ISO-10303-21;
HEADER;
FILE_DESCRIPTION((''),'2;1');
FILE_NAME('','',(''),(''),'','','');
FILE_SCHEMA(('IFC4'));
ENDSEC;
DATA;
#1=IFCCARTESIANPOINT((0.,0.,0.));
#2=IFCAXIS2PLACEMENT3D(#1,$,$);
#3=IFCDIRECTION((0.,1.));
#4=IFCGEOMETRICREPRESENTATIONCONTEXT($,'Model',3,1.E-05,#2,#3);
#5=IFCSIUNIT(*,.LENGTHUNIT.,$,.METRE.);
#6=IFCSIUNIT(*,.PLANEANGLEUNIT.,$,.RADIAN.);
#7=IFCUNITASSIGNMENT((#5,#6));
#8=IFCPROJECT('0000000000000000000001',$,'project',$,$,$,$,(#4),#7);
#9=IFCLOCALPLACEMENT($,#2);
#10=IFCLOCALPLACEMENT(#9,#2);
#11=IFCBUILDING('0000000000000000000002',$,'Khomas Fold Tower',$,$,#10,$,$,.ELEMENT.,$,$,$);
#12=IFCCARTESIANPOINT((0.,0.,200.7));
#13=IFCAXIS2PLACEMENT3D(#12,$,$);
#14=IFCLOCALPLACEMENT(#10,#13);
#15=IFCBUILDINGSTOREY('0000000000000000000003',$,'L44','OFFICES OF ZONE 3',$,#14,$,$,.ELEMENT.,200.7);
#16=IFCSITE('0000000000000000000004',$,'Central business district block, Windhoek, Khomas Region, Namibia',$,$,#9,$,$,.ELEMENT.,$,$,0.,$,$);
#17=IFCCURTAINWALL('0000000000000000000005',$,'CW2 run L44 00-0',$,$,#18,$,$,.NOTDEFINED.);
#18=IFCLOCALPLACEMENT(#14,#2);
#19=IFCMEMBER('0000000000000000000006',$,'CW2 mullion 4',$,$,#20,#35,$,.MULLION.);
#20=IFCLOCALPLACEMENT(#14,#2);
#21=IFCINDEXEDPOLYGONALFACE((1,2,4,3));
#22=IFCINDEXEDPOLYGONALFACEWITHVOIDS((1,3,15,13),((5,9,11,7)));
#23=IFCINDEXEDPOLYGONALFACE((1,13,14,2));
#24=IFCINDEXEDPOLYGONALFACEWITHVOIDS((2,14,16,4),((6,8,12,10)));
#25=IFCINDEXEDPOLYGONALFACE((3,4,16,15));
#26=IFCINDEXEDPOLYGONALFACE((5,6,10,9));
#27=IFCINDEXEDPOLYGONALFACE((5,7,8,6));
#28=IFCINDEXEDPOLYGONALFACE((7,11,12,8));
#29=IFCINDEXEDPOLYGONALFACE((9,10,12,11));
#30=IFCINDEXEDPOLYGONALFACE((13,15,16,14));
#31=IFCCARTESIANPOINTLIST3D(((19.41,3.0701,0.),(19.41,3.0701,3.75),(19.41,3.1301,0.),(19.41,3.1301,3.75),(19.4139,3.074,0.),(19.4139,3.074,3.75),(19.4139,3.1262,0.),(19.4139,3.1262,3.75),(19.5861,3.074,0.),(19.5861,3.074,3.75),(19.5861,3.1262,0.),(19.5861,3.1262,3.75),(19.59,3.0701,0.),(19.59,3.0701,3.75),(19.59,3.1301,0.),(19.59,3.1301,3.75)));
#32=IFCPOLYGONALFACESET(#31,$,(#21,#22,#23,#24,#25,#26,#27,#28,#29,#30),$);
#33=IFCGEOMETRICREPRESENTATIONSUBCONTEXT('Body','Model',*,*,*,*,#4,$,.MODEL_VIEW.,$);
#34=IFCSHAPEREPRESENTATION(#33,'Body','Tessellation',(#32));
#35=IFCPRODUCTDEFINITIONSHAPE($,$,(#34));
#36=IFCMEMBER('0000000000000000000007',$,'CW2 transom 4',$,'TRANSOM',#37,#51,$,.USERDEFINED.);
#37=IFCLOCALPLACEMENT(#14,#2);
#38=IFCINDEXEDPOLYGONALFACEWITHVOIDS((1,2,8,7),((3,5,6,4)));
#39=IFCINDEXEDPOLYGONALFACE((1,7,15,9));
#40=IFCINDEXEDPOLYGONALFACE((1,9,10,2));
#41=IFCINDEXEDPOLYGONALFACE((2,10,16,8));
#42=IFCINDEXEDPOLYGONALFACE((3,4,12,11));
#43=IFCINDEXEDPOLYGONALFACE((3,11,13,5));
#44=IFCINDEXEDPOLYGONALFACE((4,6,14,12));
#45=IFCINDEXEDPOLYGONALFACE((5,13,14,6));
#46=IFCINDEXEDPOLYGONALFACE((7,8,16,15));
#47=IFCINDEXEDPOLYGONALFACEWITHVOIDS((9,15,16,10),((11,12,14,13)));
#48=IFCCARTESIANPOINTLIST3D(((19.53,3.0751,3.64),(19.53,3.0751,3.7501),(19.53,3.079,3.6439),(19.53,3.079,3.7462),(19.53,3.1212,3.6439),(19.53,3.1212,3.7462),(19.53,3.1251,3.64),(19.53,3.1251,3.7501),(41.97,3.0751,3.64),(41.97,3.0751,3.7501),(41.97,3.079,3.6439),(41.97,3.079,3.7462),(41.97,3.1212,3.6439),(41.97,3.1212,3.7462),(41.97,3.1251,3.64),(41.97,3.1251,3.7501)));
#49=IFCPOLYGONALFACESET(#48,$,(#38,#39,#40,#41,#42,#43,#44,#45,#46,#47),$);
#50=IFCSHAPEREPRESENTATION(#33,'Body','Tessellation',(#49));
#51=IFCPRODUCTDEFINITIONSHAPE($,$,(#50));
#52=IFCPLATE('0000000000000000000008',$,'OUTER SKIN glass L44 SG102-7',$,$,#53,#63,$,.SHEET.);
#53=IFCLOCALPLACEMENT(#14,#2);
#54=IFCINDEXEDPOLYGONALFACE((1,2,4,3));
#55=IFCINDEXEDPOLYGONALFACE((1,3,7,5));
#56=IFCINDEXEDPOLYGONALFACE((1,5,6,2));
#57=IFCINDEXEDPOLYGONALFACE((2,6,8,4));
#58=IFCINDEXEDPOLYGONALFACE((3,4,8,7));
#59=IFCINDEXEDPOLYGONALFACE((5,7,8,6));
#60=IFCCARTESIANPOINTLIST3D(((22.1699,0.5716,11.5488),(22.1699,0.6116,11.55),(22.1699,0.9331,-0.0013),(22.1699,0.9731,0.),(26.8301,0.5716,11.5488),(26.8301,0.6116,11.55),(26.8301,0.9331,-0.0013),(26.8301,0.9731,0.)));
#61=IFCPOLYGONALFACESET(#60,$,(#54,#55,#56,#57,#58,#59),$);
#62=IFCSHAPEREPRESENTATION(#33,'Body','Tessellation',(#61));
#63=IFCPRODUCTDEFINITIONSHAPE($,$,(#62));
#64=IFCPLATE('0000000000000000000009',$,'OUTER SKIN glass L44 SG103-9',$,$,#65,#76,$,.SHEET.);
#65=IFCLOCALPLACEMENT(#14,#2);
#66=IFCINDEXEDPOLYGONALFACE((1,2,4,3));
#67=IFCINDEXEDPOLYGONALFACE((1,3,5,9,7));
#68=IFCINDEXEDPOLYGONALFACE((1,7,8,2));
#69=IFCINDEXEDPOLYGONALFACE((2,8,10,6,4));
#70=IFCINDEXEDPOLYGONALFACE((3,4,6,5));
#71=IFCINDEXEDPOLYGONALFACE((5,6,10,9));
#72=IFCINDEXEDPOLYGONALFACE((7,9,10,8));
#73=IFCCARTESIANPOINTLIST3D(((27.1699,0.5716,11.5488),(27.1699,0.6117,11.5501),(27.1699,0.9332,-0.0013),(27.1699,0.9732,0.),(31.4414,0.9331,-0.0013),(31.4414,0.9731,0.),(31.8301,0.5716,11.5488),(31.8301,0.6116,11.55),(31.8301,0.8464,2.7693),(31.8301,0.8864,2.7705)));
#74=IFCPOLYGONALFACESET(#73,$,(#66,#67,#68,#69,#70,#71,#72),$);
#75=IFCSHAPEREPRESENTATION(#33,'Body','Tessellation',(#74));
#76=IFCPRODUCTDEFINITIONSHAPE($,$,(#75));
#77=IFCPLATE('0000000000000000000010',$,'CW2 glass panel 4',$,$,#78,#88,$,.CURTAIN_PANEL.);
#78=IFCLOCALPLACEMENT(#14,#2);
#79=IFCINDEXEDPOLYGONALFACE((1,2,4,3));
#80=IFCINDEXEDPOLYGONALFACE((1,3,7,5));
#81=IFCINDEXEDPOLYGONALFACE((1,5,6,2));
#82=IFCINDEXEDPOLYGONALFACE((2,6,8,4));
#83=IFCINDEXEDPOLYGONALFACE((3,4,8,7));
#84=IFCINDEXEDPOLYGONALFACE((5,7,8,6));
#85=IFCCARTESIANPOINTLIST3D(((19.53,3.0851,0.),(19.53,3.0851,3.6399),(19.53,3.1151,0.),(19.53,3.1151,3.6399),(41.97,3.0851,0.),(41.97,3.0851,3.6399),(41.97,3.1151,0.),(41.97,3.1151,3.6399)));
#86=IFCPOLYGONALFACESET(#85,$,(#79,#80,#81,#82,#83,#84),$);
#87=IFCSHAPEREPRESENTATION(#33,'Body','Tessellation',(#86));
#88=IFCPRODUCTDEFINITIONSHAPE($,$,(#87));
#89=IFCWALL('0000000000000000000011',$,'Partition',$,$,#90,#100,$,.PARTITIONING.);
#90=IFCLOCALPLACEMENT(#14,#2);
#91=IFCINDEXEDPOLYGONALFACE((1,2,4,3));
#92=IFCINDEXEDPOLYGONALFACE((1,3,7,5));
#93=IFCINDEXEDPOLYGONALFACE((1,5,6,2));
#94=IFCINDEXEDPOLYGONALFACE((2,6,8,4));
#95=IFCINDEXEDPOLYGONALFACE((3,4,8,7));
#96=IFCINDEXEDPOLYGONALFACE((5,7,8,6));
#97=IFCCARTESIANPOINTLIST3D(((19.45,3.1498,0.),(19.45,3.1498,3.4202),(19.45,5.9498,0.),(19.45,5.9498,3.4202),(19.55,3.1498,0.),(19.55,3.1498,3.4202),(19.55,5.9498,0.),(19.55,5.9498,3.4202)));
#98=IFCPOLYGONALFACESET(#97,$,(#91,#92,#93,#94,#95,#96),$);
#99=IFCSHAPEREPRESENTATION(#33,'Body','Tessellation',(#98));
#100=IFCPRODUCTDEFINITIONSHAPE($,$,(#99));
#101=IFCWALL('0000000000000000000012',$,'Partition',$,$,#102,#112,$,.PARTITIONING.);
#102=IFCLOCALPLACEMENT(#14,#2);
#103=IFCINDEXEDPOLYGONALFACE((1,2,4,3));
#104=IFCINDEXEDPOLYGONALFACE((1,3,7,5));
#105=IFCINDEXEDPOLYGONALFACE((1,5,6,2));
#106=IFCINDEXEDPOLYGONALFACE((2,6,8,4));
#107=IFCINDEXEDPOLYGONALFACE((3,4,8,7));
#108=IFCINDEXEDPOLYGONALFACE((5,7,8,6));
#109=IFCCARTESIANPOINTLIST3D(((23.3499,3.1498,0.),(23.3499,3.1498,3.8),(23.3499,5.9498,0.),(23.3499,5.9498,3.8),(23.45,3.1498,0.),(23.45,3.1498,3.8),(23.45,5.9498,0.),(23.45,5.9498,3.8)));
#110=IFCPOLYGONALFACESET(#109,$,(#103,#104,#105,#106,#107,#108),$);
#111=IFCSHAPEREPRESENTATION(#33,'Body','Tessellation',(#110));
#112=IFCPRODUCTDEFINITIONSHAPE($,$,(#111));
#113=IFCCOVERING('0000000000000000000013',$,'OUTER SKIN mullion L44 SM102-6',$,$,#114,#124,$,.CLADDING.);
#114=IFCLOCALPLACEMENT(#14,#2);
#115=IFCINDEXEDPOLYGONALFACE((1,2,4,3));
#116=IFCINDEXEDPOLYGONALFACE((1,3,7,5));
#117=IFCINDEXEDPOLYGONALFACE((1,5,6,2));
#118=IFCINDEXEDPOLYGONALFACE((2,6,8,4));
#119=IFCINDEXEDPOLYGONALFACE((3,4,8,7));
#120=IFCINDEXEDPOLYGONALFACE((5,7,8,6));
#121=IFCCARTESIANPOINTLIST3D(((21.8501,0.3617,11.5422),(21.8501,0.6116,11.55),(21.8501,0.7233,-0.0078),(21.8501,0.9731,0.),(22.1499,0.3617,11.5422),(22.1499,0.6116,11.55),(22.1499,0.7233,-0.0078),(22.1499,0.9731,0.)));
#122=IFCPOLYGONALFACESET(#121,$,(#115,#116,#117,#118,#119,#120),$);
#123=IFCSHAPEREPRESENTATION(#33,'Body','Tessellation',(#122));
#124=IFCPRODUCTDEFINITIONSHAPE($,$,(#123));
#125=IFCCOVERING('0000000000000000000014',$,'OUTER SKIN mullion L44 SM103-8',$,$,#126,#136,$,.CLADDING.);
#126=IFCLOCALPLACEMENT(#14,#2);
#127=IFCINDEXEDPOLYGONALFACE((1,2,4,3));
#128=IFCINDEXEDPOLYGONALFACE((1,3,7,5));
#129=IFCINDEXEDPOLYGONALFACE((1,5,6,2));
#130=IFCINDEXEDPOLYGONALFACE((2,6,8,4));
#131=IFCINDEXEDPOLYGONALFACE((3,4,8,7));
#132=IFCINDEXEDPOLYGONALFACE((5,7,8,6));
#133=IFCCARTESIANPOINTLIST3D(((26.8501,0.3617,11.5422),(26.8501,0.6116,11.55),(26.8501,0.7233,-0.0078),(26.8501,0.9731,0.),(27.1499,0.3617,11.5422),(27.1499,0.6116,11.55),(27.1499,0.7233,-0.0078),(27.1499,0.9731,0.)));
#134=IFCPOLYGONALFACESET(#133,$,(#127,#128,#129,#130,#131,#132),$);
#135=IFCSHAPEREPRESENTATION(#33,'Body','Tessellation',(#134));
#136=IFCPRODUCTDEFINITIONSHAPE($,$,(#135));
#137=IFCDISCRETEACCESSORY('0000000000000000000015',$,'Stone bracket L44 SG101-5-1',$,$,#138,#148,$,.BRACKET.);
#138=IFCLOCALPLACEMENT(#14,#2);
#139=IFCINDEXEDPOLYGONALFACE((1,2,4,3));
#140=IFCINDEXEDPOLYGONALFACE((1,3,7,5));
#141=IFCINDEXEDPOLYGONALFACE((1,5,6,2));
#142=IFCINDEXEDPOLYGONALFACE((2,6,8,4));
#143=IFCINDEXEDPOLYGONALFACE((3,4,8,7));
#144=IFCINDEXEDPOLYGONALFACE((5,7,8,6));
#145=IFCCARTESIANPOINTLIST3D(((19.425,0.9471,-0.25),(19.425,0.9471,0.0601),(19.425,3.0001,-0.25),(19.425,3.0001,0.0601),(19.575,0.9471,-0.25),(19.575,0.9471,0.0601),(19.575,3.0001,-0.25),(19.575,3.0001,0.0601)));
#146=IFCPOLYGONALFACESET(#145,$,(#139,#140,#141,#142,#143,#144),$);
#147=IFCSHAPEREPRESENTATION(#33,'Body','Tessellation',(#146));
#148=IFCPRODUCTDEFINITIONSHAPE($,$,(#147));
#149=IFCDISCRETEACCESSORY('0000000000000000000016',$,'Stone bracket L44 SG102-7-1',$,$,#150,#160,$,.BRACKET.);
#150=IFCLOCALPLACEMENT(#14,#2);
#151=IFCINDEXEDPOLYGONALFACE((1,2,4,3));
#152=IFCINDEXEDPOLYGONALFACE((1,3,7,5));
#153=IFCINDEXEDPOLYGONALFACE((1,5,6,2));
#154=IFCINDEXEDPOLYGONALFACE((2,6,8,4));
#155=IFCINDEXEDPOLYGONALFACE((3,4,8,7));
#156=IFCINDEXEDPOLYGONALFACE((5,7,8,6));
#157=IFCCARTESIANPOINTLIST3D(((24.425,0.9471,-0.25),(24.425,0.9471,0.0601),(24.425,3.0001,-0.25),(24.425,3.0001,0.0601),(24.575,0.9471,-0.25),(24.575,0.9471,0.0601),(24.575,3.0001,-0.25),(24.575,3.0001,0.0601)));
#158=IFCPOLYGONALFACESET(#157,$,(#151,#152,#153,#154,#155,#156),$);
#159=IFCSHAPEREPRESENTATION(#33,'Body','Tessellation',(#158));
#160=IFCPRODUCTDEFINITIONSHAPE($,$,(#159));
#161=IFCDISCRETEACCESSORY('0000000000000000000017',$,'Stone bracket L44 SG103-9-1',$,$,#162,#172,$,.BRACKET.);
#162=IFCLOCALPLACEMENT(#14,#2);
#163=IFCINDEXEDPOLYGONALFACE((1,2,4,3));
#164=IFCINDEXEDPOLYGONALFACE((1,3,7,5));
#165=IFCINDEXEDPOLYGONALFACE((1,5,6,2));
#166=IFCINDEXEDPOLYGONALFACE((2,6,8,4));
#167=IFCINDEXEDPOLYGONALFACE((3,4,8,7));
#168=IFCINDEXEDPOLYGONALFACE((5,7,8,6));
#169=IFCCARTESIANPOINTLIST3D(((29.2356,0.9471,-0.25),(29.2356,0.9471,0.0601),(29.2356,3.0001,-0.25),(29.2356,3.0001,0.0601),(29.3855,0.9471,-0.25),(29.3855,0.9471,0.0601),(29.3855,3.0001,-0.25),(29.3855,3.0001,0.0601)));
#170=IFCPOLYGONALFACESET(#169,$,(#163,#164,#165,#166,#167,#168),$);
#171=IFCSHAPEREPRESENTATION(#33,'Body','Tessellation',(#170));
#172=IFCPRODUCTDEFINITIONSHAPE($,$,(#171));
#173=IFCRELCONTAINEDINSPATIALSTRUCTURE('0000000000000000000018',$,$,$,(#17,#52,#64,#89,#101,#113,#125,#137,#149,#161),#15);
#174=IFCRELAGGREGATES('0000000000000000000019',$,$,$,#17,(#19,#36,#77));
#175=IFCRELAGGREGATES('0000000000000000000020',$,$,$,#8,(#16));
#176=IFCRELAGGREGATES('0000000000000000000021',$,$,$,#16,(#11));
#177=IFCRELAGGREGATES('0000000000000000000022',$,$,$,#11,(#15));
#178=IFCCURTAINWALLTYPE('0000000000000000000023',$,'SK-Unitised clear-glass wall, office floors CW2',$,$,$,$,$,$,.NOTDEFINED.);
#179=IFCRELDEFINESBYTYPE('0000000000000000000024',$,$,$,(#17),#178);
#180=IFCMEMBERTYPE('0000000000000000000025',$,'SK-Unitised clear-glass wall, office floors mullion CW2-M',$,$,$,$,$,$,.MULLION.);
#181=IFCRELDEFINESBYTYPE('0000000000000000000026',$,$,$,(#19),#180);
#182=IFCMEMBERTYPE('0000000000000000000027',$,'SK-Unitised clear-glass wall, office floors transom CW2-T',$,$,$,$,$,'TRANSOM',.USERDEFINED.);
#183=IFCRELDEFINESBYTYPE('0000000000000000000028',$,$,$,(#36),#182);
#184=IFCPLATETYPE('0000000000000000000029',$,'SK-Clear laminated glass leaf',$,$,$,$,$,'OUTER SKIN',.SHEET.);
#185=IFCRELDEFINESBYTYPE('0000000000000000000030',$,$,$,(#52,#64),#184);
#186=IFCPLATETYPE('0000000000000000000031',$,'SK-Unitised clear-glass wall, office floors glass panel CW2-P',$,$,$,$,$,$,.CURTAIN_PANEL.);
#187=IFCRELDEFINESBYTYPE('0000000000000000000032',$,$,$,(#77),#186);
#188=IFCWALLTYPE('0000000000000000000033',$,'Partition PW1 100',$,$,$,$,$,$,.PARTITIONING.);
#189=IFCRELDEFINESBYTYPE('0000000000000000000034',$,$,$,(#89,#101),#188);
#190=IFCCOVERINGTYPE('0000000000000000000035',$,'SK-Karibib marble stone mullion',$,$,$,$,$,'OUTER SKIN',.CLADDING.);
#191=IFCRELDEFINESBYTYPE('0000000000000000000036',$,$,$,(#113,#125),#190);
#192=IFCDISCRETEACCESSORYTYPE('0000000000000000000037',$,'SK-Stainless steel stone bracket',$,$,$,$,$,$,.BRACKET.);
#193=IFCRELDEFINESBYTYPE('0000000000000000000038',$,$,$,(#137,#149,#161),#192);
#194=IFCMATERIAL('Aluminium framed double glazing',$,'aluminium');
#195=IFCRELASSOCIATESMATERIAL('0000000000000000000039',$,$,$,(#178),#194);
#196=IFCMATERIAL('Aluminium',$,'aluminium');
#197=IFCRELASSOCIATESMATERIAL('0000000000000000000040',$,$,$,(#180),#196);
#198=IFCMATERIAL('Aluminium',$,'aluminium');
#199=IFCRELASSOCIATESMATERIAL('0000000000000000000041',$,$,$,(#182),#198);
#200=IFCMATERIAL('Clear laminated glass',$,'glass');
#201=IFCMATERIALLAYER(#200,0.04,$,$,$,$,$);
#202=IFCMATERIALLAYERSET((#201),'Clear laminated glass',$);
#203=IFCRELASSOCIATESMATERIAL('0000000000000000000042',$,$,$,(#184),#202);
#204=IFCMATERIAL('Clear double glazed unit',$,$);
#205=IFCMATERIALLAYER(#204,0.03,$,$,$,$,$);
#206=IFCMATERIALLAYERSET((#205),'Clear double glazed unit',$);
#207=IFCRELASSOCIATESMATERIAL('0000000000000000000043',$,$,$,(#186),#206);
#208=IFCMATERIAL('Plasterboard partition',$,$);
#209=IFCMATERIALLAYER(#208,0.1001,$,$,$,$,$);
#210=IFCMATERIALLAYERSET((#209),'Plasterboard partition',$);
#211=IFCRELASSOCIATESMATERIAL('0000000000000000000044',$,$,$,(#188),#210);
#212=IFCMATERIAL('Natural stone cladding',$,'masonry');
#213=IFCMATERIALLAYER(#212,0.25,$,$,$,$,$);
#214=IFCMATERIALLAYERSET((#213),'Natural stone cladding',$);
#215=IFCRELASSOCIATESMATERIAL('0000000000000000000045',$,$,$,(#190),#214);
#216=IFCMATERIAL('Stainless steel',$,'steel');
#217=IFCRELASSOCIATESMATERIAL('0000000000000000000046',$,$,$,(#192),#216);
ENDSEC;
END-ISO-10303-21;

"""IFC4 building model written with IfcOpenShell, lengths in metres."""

from ifc_helpers import new_model, si_unit, direction, frame, frame_2d, origin, origin_2d, place, context, subcontext, project, spatial, polyline, rectangle, hollow_rectangle, outline, extrude, source, transform, mapped, material, layer, layer_set, material_profile, profile_set, type_object, element, aggregate, save


model = new_model("IFC4")

# Units and contexts
model_context = context("Model", 3, precision=1e-05, world=origin(), true_north=direction((0.0, 1.0)))
body_context = subcontext(model_context, "Body", "Model", "MODEL_VIEW")
ifc_project = project(units=[si_unit("LENGTHUNIT", "METRE"), si_unit("PLANEANGLEUNIT", "RADIAN")], contexts=[model_context])

# Site, building, storey
site_placement = place(None, origin())
site = spatial("IfcSite", under=ifc_project, at=site_placement, Name="Central business district block, Windhoek, Khomas Region, Namibia", CompositionType="ELEMENT", RefElevation=0.0)
building_placement = place(site_placement, origin())
building = spatial("IfcBuilding", under=site, at=building_placement, Name="Khomas Fold Tower", CompositionType="ELEMENT")
storey_placement = place(building_placement, frame((0.0, 0.0, 200.7)))
storey = spatial("IfcBuildingStorey", under=building, at=storey_placement, Name="L44", Description="OFFICES OF ZONE 3", CompositionType="ELEMENT", Elevation=200.7)

# Curtain wall, members
ifc_material_1 = material(Name="Aluminium framed double glazing", Category="aluminium")
curtain_wall_type = type_object("IfcCurtainWallType", Name="SK-Unitised clear-glass wall, office floors CW2", PredefinedType="NOTDEFINED", material=ifc_material_1)
curtain_wall_placement = place(storey_placement, origin())
curtain_wall = element("IfcCurtainWall", 1, at=curtain_wall_placement, inside=storey, type_object=curtain_wall_type, Name="CW2 run L44 00-0", PredefinedType="NOTDEFINED")
ifc_material_2 = material(Name="Aluminium", Category="aluminium")
ifc_material_profile_1 = material_profile(ifc_material_2, hollow_rectangle(XDim=0.0601, YDim=0.1799, WallThickness=0.0039, at=origin_2d()), Name="SK-Unitised clear-glass wall, office floors mullion CW2-M")
ifc_profile_set_1 = profile_set([ifc_material_profile_1], Name="Aluminium")
member_type_1 = type_object("IfcMemberType", Name="SK-Unitised clear-glass wall, office floors mullion CW2-M", PredefinedType="MULLION", material=ifc_profile_set_1)
shared_shape_1 = source(origin(), body_context, "Body", "SweptSolid", [
    extrude(hollow_rectangle(XDim=0.0601, YDim=0.1799, WallThickness=0.0039, at=origin_2d()), origin(), (0.0, 0.0, 1.0), 3.75),
])
member_1_placement = place(storey_placement, frame((19.5, 3.1001, 0.0), z_axis=(0.0, 0.0, 1.0), x_axis=(0.0, 1.0, 0.0)))
member_1 = element("IfcMember", 2, at=member_1_placement, type_object=member_type_1, Name="CW2 mullion 4", PredefinedType="MULLION", context=body_context, shape_type="MappedRepresentation", body=[
    mapped(shared_shape_1, transform((0.0, 0.0, 0.0))),
])
ifc_material_3 = material(Name="Aluminium", Category="aluminium")
ifc_material_profile_2 = material_profile(ifc_material_3, hollow_rectangle(XDim=0.05, YDim=0.1101, WallThickness=0.0039, at=origin_2d()), Name="SK-Unitised clear-glass wall, office floors transom CW2-T")
ifc_profile_set_2 = profile_set([ifc_material_profile_2], Name="Aluminium")
member_type_2 = type_object("IfcMemberType", Name="SK-Unitised clear-glass wall, office floors transom CW2-T", ElementType="TRANSOM", PredefinedType="USERDEFINED", material=ifc_profile_set_2)
shared_shape_2 = source(origin(), body_context, "Body", "SweptSolid", [
    extrude(hollow_rectangle(XDim=0.05, YDim=0.1101, WallThickness=0.0039, at=origin_2d()), origin(), (0.0, 0.0, 1.0), 22.4399),
])
member_2_placement = place(storey_placement, frame((19.53, 3.1001, 3.6951), z_axis=(1.0, 0.0, 0.0), x_axis=(0.0, 1.0, 0.0)))
member_2 = element("IfcMember", 3, at=member_2_placement, type_object=member_type_2, Name="CW2 transom 4", ObjectType="TRANSOM", PredefinedType="USERDEFINED", context=body_context, shape_type="MappedRepresentation", body=[
    mapped(shared_shape_2, transform((0.0, 0.0, 0.0))),
])

# Plates
ifc_material_4 = material(Name="Clear laminated glass", Category="glass")
ifc_layer_1 = layer(ifc_material_4, 0.04)
ifc_layer_set_1 = layer_set([ifc_layer_1], Name="Clear laminated glass")
plate_type_1 = type_object("IfcPlateType", Name="SK-Clear laminated glass leaf", ElementType="OUTER SKIN", PredefinedType="SHEET", material=ifc_layer_set_1)
plate_1_placement = place(storey_placement, frame((22.1699, 0.9731, 0.0), z_axis=(0.0, 0.99951, 0.031289), x_axis=(0.0, -0.031289, 0.99951)))
element("IfcPlate", 4, at=plate_1_placement, inside=storey, type_object=plate_type_1, Name="OUTER SKIN glass L44 SG102-7", PredefinedType="SHEET", context=body_context, shape_type="SweptSolid", body=[
    extrude(outline(polyline([(0.0, 0.0), (11.5557, 0.0), (11.5557, 4.6602), (0.0, 4.6602), (0.0, 0.0)])), origin(), (0.0, 0.0, -1.0), 0.04),
])
plate_2_placement = place(storey_placement, frame((31.4414, 0.9731, 0.0), z_axis=(0.00002, 0.99951, 0.031289), x_axis=(-1.0, 0.00002, 0.000001)))
element("IfcPlate", 5, at=plate_2_placement, inside=storey, type_object=plate_type_1, Name="OUTER SKIN glass L44 SG103-9", PredefinedType="SHEET", context=body_context, shape_type="SweptSolid", body=[
    extrude(outline(polyline([(0.0, 0.0), (4.2715, 0.0), (4.2715, 11.5557), (-0.3887, 11.5557), (-0.3887, 2.7719), (0.0, 0.0)])), origin(), (0.0, 0.0, -1.0), 0.04),
])

# Plate
ifc_material_5 = material(Name="Clear double glazed unit")
ifc_layer_2 = layer(ifc_material_5, 0.03)
ifc_layer_set_2 = layer_set([ifc_layer_2], Name="Clear double glazed unit")
plate_type_2 = type_object("IfcPlateType", Name="SK-Unitised clear-glass wall, office floors glass panel CW2-P", PredefinedType="CURTAIN_PANEL", material=ifc_layer_set_2)
shared_shape_3 = source(origin(), body_context, "Body", "SweptSolid", [
    extrude(rectangle(XDim=22.4399, YDim=0.03, at=origin_2d()), origin(), (0.0, 0.0, 1.0), 3.6399),
])
plate_3_placement = place(storey_placement, frame((30.75, 3.1001, 0.0), z_axis=(0.0, 0.0, 1.0), x_axis=(1.0, 0.0, 0.0)))
plate_3 = element("IfcPlate", 6, at=plate_3_placement, type_object=plate_type_2, Name="CW2 glass panel 4", PredefinedType="CURTAIN_PANEL", context=body_context, shape_type="MappedRepresentation", body=[
    mapped(shared_shape_3, transform((0.0, 0.0, 0.0))),
])
aggregate(curtain_wall, [member_1, member_2, plate_3])

# Walls
ifc_material_6 = material(Name="Plasterboard partition")
ifc_layer_3 = layer(ifc_material_6, 0.1001)
ifc_layer_set_3 = layer_set([ifc_layer_3], Name="Plasterboard partition")
wall_type = type_object("IfcWallType", Name="Partition PW1 100", PredefinedType="PARTITIONING", material=ifc_layer_set_3)
shared_shape_4 = source(origin(), body_context, "Body", "SweptSolid", [
    extrude(rectangle(XDim=2.8, YDim=0.1001, at=frame_2d((1.3999, 0.0))), origin(), (0.0, 0.0, 1.0), 3.4202),
])
wall_1_placement = place(storey_placement, frame((19.5, 3.1499, 0.0), z_axis=(0.0, 0.0, 1.0), x_axis=(0.0, 1.0, 0.0)))
element("IfcWall", 7, at=wall_1_placement, inside=storey, type_object=wall_type, Name="Partition", PredefinedType="PARTITIONING", context=body_context, shape_type="MappedRepresentation", body=[
    mapped(shared_shape_4, transform((0.0, 0.0, 0.0))),
])
shared_shape_5 = source(origin(), body_context, "Body", "SweptSolid", [
    extrude(rectangle(XDim=2.8, YDim=0.1001, at=frame_2d((1.3999, 0.0))), origin(), (0.0, 0.0, 1.0), 3.8),
])
wall_2_placement = place(storey_placement, frame((23.3999, 3.1499, 0.0), z_axis=(0.0, 0.0, 1.0), x_axis=(0.0, 1.0, 0.0)))
element("IfcWall", 8, at=wall_2_placement, inside=storey, type_object=wall_type, Name="Partition", PredefinedType="PARTITIONING", context=body_context, shape_type="MappedRepresentation", body=[
    mapped(shared_shape_5, transform((0.0, 0.0, 0.0))),
])

# Coverings
ifc_material_7 = material(Name="Natural stone cladding", Category="masonry")
ifc_layer_4 = layer(ifc_material_7, 0.25)
ifc_layer_set_4 = layer_set([ifc_layer_4], Name="Natural stone cladding")
covering_type = type_object("IfcCoveringType", Name="SK-Karibib marble stone mullion", ElementType="OUTER SKIN", PredefinedType="CLADDING", material=ifc_layer_set_4)
for number, where, z_axis, x_axis, name in (
    (9, (21.8501, 0.9731, 0.0), (0.0, 0.99951, 0.031289), (0.0, -0.031289, 0.99951), "OUTER SKIN mullion L44 SM102-6"),
    (10, (26.8501, 0.9731, 0.0), (0.0, 0.99951, 0.031289), (0.0, -0.031289, 0.99951), "OUTER SKIN mullion L44 SM103-8"),
):
    element("IfcCovering", number, at=place(storey_placement, frame(where, z_axis=z_axis, x_axis=x_axis)), inside=storey, type_object=covering_type, Name=name, PredefinedType="CLADDING", context=body_context, shape_type="SweptSolid", body=[
        extrude(outline(polyline([(0.0, 0.0), (11.5557, 0.0), (11.5557, 0.2998), (0.0, 0.2998), (0.0, 0.0)])), origin(), (0.0, 0.0, -1.0), 0.25),
    ])

# Discrete accessories
ifc_material_8 = material(Name="Stainless steel", Category="steel")
discrete_accessory_type = type_object("IfcDiscreteAccessoryType", Name="SK-Stainless steel stone bracket", PredefinedType="BRACKET", material=ifc_material_8)
shared_shape_6 = source(origin(), body_context, "Body", "SweptSolid", [
    extrude(rectangle(XDim=2.053, YDim=0.1499, at=origin_2d()), origin(), (0.0, 0.0, 1.0), 0.3101),
])
for number, where, z_axis, x_axis, name in (
    (11, (19.5, 1.9736, -0.25), (0.0, 0.0, 1.0), (0.0, -1.0, 0.0), "Stone bracket L44 SG101-5-1"),
    (12, (24.5, 1.9736, -0.25), (0.0, 0.0, 1.0), (0.0, -1.0, 0.0), "Stone bracket L44 SG102-7-1"),
    (13, (29.3105, 1.9736, -0.25), (0.0, 0.0, 1.0), (0.0, -1.0, 0.0), "Stone bracket L44 SG103-9-1"),
):
    element("IfcDiscreteAccessory", number, at=place(storey_placement, frame(where, z_axis=z_axis, x_axis=x_axis)), inside=storey, type_object=discrete_accessory_type, Name=name, PredefinedType="BRACKET", context=body_context, shape_type="MappedRepresentation", body=[
        mapped(shared_shape_6, transform((0.0, 0.0, 0.0))),
    ])

save(model, "model.ifc")
